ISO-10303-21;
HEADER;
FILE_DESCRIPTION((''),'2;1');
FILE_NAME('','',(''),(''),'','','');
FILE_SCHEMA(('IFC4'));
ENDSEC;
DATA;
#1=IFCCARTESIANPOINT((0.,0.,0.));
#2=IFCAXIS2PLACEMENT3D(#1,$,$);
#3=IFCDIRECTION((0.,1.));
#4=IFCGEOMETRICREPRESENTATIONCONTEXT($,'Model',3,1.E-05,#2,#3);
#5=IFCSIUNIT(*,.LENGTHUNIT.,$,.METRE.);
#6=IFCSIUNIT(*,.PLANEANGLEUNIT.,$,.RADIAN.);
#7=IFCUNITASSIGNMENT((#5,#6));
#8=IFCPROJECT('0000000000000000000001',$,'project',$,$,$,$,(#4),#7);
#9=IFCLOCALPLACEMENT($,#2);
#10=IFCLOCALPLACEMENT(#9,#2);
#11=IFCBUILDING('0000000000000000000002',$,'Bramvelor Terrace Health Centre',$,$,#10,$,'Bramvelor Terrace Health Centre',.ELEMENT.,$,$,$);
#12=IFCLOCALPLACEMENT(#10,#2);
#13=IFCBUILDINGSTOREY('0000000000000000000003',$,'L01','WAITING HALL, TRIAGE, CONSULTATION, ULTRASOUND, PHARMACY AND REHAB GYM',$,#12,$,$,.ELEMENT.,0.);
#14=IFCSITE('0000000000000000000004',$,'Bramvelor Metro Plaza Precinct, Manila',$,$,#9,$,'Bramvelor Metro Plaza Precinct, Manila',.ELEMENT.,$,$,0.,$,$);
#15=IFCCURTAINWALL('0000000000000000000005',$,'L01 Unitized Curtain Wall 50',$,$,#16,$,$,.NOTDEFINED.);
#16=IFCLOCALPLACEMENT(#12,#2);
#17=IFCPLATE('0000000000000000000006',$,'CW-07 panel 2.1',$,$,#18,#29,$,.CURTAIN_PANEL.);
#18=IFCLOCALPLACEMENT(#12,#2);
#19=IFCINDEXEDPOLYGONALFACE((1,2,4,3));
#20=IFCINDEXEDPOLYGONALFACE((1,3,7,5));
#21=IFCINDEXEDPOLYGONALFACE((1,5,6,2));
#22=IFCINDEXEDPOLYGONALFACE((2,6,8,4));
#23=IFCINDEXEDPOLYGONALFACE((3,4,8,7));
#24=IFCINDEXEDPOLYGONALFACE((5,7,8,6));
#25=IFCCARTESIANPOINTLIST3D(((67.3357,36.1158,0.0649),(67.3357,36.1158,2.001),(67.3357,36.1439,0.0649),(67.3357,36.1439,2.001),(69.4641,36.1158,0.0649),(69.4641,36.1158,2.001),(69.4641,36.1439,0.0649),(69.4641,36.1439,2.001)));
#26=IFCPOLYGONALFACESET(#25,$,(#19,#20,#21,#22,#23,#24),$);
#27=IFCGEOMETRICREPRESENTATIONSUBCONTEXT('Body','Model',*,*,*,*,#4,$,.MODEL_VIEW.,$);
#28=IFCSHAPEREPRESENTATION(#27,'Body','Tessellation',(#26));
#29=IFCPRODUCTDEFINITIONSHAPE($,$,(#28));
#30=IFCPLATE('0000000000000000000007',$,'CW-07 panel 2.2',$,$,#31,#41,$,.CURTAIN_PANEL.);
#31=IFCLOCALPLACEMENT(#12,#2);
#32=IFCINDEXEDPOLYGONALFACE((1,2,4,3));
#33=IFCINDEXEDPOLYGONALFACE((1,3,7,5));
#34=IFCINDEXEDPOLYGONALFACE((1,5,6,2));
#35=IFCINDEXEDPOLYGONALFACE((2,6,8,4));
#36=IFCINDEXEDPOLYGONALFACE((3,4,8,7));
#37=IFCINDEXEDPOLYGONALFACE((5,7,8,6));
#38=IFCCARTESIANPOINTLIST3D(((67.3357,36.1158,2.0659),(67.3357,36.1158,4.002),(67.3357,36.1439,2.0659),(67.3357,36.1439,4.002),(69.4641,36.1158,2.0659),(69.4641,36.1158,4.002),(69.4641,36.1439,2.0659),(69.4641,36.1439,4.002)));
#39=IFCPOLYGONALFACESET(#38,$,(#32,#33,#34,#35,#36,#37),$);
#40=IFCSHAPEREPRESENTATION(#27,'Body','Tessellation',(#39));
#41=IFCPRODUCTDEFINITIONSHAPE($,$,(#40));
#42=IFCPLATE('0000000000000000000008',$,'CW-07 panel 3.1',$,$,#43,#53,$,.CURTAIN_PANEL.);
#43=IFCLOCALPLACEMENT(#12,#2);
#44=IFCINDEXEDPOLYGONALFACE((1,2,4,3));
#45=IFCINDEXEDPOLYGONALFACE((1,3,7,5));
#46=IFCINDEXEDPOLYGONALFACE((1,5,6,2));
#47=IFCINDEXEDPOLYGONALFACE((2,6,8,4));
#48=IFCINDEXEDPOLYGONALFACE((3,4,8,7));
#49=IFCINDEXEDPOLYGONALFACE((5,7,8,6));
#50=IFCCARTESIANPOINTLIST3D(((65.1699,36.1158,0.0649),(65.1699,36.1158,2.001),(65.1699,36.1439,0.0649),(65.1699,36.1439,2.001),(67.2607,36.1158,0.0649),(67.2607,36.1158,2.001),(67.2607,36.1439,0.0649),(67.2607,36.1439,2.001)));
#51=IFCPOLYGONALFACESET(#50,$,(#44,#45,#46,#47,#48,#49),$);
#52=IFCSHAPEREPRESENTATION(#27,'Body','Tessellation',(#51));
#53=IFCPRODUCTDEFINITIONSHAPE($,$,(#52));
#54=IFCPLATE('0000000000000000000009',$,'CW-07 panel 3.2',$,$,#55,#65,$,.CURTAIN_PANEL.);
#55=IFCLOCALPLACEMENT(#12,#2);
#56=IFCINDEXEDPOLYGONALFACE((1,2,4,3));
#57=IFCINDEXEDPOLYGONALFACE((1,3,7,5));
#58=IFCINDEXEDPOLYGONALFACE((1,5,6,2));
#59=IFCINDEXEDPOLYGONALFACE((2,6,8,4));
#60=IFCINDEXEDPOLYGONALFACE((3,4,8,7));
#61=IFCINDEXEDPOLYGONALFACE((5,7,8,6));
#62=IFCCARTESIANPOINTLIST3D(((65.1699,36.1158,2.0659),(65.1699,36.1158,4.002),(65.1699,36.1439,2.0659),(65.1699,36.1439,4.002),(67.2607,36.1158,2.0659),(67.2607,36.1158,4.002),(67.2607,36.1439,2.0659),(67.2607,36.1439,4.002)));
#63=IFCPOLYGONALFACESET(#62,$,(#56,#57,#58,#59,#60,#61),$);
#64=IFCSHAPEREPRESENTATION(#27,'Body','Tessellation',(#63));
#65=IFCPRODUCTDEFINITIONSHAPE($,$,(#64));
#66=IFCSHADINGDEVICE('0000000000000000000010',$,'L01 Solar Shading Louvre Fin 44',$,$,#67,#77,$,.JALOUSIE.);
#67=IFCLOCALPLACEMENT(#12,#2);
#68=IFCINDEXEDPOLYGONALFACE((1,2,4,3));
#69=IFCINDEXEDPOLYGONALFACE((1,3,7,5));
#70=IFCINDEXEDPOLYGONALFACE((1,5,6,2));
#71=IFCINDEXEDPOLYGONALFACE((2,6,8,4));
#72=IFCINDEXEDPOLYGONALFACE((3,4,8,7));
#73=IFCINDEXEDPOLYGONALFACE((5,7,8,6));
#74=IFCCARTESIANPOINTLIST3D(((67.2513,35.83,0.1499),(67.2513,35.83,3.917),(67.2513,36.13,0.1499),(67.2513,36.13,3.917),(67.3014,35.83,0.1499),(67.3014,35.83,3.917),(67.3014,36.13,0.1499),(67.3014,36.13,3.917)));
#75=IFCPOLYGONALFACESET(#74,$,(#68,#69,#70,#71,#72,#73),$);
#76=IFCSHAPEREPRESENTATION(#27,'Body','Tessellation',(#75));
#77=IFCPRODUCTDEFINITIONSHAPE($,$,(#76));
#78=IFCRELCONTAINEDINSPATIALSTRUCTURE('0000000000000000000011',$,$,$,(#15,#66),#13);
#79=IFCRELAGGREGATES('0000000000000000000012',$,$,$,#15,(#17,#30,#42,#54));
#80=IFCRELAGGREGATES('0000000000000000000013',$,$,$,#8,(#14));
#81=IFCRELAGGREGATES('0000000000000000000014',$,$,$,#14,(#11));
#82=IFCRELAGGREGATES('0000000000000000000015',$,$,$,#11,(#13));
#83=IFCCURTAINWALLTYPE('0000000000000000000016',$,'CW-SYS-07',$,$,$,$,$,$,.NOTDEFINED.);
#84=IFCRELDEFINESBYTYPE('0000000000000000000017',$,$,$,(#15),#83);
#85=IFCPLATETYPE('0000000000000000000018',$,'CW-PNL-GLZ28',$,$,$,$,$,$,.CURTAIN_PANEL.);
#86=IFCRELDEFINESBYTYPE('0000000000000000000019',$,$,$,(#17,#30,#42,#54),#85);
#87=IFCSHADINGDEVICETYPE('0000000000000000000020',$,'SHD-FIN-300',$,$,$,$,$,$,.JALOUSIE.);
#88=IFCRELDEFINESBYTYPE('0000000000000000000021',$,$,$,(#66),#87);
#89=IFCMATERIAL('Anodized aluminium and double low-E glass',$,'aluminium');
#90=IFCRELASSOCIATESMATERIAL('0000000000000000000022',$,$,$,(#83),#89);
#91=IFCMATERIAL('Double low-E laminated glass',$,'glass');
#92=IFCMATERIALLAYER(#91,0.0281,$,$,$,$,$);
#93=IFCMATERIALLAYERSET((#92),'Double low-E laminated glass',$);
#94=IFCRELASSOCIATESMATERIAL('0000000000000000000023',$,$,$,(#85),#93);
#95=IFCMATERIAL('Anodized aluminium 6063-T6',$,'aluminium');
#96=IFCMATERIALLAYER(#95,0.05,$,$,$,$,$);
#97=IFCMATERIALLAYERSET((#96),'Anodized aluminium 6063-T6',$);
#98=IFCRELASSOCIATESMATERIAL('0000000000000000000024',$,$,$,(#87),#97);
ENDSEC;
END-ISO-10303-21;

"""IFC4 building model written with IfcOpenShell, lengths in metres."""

from ifc_helpers import new_model, si_unit, direction, frame, origin, origin_2d, place, context, subcontext, project, spatial, rectangle, extrude, material, layer, layer_set, type_object, element, aggregate, save


model = new_model("IFC4")

# Units and contexts
model_context = context("Model", 3, precision=1e-05, world=origin(), true_north=direction((0.0, 1.0)))
body_context = subcontext(model_context, "Body", "Model", "MODEL_VIEW")
ifc_project = project(units=[si_unit("LENGTHUNIT", "METRE"), si_unit("PLANEANGLEUNIT", "RADIAN")], contexts=[model_context])

# Site, building, storey
site_placement = place(None, origin())
site = spatial("IfcSite", under=ifc_project, at=site_placement, Name="Bramvelor Metro Plaza Precinct, Manila", LongName="Bramvelor Metro Plaza Precinct, Manila", CompositionType="ELEMENT", RefElevation=0.0)
building_placement = place(site_placement, origin())
building = spatial("IfcBuilding", under=site, at=building_placement, Name="Bramvelor Terrace Health Centre", LongName="Bramvelor Terrace Health Centre", CompositionType="ELEMENT")
storey_placement = place(building_placement, origin())
storey = spatial("IfcBuildingStorey", under=building, at=storey_placement, Name="L01", Description="WAITING HALL, TRIAGE, CONSULTATION, ULTRASOUND, PHARMACY AND REHAB GYM", CompositionType="ELEMENT", Elevation=0.0)

# Curtain wall
ifc_material_1 = material(Name="Anodized aluminium and double low-E glass", Category="aluminium")
curtain_wall_type = type_object("IfcCurtainWallType", Name="CW-SYS-07", PredefinedType="NOTDEFINED", material=ifc_material_1)
curtain_wall_1_placement = place(storey_placement, origin())
curtain_wall_1 = element("IfcCurtainWall", 1, at=curtain_wall_1_placement, inside=storey, type_object=curtain_wall_type, Name="L01 Unitized Curtain Wall 50", PredefinedType="NOTDEFINED")

# Plates
ifc_material_2 = material(Name="Double low-E laminated glass", Category="glass")
ifc_layer_1 = layer(ifc_material_2, 0.0281)
ifc_layer_set_1 = layer_set([ifc_layer_1], Name="Double low-E laminated glass")
plate_type = type_object("IfcPlateType", Name="CW-PNL-GLZ28", PredefinedType="CURTAIN_PANEL", material=ifc_layer_set_1)
plate_1_placement = place(storey_placement, frame((68.3999, 36.1299, 0.0649), z_axis=(0.0, 0.0, 1.0), x_axis=(-1.0, 0.0, 0.0)))
plate_1 = element("IfcPlate", 2, at=plate_1_placement, type_object=plate_type, Name="CW-07 panel 2.1", PredefinedType="CURTAIN_PANEL", context=body_context, shape_type="SweptSolid", body=[
    extrude(rectangle(XDim=2.1284, YDim=0.0281, at=origin_2d()), origin(), (0.0, 0.0, 1.0), 1.936),
])
plate_2_placement = place(storey_placement, frame((68.3999, 36.1299, 2.0659), z_axis=(0.0, 0.0, 1.0), x_axis=(-1.0, 0.0, 0.0)))
plate_2 = element("IfcPlate", 3, at=plate_2_placement, type_object=plate_type, Name="CW-07 panel 2.2", PredefinedType="CURTAIN_PANEL", context=body_context, shape_type="SweptSolid", body=[
    extrude(rectangle(XDim=2.1284, YDim=0.0281, at=origin_2d()), origin(), (0.0, 0.0, 1.0), 1.936),
])
plate_3_placement = place(storey_placement, frame((66.2153, 36.1299, 0.0649), z_axis=(0.0, 0.0, 1.0), x_axis=(-1.0, 0.0, 0.0)))
plate_3 = element("IfcPlate", 4, at=plate_3_placement, type_object=plate_type, Name="CW-07 panel 3.1", PredefinedType="CURTAIN_PANEL", context=body_context, shape_type="SweptSolid", body=[
    extrude(rectangle(XDim=2.0908, YDim=0.0281, at=origin_2d()), origin(), (0.0, 0.0, 1.0), 1.936),
])
plate_4_placement = place(storey_placement, frame((66.2153, 36.1299, 2.0659), z_axis=(0.0, 0.0, 1.0), x_axis=(-1.0, 0.0, 0.0)))
plate_4 = element("IfcPlate", 5, at=plate_4_placement, type_object=plate_type, Name="CW-07 panel 3.2", PredefinedType="CURTAIN_PANEL", context=body_context, shape_type="SweptSolid", body=[
    extrude(rectangle(XDim=2.0908, YDim=0.0281, at=origin_2d()), origin(), (0.0, 0.0, 1.0), 1.936),
])
aggregate(curtain_wall_1, [plate_1, plate_2, plate_3, plate_4])

# Shading device
ifc_material_3 = material(Name="Anodized aluminium 6063-T6", Category="aluminium")
ifc_layer_2 = layer(ifc_material_3, 0.05)
ifc_layer_set_2 = layer_set([ifc_layer_2], Name="Anodized aluminium 6063-T6")
shading_device_type = type_object("IfcShadingDeviceType", Name="SHD-FIN-300", PredefinedType="JALOUSIE", material=ifc_layer_set_2)
shading_device_placement = place(storey_placement, frame((67.2764, 35.98, 0.1499), z_axis=(0.0, 0.0, 1.0), x_axis=(1.0, 0.0, 0.0)))
element("IfcShadingDevice", 6, at=shading_device_placement, inside=storey, type_object=shading_device_type, Name="L01 Solar Shading Louvre Fin 44", PredefinedType="JALOUSIE", context=body_context, shape_type="SweptSolid", body=[
    extrude(rectangle(XDim=0.05, YDim=0.3, at=origin_2d()), origin(), (0.0, 0.0, 1.0), 3.7671),
])

save(model, "model.ifc")
